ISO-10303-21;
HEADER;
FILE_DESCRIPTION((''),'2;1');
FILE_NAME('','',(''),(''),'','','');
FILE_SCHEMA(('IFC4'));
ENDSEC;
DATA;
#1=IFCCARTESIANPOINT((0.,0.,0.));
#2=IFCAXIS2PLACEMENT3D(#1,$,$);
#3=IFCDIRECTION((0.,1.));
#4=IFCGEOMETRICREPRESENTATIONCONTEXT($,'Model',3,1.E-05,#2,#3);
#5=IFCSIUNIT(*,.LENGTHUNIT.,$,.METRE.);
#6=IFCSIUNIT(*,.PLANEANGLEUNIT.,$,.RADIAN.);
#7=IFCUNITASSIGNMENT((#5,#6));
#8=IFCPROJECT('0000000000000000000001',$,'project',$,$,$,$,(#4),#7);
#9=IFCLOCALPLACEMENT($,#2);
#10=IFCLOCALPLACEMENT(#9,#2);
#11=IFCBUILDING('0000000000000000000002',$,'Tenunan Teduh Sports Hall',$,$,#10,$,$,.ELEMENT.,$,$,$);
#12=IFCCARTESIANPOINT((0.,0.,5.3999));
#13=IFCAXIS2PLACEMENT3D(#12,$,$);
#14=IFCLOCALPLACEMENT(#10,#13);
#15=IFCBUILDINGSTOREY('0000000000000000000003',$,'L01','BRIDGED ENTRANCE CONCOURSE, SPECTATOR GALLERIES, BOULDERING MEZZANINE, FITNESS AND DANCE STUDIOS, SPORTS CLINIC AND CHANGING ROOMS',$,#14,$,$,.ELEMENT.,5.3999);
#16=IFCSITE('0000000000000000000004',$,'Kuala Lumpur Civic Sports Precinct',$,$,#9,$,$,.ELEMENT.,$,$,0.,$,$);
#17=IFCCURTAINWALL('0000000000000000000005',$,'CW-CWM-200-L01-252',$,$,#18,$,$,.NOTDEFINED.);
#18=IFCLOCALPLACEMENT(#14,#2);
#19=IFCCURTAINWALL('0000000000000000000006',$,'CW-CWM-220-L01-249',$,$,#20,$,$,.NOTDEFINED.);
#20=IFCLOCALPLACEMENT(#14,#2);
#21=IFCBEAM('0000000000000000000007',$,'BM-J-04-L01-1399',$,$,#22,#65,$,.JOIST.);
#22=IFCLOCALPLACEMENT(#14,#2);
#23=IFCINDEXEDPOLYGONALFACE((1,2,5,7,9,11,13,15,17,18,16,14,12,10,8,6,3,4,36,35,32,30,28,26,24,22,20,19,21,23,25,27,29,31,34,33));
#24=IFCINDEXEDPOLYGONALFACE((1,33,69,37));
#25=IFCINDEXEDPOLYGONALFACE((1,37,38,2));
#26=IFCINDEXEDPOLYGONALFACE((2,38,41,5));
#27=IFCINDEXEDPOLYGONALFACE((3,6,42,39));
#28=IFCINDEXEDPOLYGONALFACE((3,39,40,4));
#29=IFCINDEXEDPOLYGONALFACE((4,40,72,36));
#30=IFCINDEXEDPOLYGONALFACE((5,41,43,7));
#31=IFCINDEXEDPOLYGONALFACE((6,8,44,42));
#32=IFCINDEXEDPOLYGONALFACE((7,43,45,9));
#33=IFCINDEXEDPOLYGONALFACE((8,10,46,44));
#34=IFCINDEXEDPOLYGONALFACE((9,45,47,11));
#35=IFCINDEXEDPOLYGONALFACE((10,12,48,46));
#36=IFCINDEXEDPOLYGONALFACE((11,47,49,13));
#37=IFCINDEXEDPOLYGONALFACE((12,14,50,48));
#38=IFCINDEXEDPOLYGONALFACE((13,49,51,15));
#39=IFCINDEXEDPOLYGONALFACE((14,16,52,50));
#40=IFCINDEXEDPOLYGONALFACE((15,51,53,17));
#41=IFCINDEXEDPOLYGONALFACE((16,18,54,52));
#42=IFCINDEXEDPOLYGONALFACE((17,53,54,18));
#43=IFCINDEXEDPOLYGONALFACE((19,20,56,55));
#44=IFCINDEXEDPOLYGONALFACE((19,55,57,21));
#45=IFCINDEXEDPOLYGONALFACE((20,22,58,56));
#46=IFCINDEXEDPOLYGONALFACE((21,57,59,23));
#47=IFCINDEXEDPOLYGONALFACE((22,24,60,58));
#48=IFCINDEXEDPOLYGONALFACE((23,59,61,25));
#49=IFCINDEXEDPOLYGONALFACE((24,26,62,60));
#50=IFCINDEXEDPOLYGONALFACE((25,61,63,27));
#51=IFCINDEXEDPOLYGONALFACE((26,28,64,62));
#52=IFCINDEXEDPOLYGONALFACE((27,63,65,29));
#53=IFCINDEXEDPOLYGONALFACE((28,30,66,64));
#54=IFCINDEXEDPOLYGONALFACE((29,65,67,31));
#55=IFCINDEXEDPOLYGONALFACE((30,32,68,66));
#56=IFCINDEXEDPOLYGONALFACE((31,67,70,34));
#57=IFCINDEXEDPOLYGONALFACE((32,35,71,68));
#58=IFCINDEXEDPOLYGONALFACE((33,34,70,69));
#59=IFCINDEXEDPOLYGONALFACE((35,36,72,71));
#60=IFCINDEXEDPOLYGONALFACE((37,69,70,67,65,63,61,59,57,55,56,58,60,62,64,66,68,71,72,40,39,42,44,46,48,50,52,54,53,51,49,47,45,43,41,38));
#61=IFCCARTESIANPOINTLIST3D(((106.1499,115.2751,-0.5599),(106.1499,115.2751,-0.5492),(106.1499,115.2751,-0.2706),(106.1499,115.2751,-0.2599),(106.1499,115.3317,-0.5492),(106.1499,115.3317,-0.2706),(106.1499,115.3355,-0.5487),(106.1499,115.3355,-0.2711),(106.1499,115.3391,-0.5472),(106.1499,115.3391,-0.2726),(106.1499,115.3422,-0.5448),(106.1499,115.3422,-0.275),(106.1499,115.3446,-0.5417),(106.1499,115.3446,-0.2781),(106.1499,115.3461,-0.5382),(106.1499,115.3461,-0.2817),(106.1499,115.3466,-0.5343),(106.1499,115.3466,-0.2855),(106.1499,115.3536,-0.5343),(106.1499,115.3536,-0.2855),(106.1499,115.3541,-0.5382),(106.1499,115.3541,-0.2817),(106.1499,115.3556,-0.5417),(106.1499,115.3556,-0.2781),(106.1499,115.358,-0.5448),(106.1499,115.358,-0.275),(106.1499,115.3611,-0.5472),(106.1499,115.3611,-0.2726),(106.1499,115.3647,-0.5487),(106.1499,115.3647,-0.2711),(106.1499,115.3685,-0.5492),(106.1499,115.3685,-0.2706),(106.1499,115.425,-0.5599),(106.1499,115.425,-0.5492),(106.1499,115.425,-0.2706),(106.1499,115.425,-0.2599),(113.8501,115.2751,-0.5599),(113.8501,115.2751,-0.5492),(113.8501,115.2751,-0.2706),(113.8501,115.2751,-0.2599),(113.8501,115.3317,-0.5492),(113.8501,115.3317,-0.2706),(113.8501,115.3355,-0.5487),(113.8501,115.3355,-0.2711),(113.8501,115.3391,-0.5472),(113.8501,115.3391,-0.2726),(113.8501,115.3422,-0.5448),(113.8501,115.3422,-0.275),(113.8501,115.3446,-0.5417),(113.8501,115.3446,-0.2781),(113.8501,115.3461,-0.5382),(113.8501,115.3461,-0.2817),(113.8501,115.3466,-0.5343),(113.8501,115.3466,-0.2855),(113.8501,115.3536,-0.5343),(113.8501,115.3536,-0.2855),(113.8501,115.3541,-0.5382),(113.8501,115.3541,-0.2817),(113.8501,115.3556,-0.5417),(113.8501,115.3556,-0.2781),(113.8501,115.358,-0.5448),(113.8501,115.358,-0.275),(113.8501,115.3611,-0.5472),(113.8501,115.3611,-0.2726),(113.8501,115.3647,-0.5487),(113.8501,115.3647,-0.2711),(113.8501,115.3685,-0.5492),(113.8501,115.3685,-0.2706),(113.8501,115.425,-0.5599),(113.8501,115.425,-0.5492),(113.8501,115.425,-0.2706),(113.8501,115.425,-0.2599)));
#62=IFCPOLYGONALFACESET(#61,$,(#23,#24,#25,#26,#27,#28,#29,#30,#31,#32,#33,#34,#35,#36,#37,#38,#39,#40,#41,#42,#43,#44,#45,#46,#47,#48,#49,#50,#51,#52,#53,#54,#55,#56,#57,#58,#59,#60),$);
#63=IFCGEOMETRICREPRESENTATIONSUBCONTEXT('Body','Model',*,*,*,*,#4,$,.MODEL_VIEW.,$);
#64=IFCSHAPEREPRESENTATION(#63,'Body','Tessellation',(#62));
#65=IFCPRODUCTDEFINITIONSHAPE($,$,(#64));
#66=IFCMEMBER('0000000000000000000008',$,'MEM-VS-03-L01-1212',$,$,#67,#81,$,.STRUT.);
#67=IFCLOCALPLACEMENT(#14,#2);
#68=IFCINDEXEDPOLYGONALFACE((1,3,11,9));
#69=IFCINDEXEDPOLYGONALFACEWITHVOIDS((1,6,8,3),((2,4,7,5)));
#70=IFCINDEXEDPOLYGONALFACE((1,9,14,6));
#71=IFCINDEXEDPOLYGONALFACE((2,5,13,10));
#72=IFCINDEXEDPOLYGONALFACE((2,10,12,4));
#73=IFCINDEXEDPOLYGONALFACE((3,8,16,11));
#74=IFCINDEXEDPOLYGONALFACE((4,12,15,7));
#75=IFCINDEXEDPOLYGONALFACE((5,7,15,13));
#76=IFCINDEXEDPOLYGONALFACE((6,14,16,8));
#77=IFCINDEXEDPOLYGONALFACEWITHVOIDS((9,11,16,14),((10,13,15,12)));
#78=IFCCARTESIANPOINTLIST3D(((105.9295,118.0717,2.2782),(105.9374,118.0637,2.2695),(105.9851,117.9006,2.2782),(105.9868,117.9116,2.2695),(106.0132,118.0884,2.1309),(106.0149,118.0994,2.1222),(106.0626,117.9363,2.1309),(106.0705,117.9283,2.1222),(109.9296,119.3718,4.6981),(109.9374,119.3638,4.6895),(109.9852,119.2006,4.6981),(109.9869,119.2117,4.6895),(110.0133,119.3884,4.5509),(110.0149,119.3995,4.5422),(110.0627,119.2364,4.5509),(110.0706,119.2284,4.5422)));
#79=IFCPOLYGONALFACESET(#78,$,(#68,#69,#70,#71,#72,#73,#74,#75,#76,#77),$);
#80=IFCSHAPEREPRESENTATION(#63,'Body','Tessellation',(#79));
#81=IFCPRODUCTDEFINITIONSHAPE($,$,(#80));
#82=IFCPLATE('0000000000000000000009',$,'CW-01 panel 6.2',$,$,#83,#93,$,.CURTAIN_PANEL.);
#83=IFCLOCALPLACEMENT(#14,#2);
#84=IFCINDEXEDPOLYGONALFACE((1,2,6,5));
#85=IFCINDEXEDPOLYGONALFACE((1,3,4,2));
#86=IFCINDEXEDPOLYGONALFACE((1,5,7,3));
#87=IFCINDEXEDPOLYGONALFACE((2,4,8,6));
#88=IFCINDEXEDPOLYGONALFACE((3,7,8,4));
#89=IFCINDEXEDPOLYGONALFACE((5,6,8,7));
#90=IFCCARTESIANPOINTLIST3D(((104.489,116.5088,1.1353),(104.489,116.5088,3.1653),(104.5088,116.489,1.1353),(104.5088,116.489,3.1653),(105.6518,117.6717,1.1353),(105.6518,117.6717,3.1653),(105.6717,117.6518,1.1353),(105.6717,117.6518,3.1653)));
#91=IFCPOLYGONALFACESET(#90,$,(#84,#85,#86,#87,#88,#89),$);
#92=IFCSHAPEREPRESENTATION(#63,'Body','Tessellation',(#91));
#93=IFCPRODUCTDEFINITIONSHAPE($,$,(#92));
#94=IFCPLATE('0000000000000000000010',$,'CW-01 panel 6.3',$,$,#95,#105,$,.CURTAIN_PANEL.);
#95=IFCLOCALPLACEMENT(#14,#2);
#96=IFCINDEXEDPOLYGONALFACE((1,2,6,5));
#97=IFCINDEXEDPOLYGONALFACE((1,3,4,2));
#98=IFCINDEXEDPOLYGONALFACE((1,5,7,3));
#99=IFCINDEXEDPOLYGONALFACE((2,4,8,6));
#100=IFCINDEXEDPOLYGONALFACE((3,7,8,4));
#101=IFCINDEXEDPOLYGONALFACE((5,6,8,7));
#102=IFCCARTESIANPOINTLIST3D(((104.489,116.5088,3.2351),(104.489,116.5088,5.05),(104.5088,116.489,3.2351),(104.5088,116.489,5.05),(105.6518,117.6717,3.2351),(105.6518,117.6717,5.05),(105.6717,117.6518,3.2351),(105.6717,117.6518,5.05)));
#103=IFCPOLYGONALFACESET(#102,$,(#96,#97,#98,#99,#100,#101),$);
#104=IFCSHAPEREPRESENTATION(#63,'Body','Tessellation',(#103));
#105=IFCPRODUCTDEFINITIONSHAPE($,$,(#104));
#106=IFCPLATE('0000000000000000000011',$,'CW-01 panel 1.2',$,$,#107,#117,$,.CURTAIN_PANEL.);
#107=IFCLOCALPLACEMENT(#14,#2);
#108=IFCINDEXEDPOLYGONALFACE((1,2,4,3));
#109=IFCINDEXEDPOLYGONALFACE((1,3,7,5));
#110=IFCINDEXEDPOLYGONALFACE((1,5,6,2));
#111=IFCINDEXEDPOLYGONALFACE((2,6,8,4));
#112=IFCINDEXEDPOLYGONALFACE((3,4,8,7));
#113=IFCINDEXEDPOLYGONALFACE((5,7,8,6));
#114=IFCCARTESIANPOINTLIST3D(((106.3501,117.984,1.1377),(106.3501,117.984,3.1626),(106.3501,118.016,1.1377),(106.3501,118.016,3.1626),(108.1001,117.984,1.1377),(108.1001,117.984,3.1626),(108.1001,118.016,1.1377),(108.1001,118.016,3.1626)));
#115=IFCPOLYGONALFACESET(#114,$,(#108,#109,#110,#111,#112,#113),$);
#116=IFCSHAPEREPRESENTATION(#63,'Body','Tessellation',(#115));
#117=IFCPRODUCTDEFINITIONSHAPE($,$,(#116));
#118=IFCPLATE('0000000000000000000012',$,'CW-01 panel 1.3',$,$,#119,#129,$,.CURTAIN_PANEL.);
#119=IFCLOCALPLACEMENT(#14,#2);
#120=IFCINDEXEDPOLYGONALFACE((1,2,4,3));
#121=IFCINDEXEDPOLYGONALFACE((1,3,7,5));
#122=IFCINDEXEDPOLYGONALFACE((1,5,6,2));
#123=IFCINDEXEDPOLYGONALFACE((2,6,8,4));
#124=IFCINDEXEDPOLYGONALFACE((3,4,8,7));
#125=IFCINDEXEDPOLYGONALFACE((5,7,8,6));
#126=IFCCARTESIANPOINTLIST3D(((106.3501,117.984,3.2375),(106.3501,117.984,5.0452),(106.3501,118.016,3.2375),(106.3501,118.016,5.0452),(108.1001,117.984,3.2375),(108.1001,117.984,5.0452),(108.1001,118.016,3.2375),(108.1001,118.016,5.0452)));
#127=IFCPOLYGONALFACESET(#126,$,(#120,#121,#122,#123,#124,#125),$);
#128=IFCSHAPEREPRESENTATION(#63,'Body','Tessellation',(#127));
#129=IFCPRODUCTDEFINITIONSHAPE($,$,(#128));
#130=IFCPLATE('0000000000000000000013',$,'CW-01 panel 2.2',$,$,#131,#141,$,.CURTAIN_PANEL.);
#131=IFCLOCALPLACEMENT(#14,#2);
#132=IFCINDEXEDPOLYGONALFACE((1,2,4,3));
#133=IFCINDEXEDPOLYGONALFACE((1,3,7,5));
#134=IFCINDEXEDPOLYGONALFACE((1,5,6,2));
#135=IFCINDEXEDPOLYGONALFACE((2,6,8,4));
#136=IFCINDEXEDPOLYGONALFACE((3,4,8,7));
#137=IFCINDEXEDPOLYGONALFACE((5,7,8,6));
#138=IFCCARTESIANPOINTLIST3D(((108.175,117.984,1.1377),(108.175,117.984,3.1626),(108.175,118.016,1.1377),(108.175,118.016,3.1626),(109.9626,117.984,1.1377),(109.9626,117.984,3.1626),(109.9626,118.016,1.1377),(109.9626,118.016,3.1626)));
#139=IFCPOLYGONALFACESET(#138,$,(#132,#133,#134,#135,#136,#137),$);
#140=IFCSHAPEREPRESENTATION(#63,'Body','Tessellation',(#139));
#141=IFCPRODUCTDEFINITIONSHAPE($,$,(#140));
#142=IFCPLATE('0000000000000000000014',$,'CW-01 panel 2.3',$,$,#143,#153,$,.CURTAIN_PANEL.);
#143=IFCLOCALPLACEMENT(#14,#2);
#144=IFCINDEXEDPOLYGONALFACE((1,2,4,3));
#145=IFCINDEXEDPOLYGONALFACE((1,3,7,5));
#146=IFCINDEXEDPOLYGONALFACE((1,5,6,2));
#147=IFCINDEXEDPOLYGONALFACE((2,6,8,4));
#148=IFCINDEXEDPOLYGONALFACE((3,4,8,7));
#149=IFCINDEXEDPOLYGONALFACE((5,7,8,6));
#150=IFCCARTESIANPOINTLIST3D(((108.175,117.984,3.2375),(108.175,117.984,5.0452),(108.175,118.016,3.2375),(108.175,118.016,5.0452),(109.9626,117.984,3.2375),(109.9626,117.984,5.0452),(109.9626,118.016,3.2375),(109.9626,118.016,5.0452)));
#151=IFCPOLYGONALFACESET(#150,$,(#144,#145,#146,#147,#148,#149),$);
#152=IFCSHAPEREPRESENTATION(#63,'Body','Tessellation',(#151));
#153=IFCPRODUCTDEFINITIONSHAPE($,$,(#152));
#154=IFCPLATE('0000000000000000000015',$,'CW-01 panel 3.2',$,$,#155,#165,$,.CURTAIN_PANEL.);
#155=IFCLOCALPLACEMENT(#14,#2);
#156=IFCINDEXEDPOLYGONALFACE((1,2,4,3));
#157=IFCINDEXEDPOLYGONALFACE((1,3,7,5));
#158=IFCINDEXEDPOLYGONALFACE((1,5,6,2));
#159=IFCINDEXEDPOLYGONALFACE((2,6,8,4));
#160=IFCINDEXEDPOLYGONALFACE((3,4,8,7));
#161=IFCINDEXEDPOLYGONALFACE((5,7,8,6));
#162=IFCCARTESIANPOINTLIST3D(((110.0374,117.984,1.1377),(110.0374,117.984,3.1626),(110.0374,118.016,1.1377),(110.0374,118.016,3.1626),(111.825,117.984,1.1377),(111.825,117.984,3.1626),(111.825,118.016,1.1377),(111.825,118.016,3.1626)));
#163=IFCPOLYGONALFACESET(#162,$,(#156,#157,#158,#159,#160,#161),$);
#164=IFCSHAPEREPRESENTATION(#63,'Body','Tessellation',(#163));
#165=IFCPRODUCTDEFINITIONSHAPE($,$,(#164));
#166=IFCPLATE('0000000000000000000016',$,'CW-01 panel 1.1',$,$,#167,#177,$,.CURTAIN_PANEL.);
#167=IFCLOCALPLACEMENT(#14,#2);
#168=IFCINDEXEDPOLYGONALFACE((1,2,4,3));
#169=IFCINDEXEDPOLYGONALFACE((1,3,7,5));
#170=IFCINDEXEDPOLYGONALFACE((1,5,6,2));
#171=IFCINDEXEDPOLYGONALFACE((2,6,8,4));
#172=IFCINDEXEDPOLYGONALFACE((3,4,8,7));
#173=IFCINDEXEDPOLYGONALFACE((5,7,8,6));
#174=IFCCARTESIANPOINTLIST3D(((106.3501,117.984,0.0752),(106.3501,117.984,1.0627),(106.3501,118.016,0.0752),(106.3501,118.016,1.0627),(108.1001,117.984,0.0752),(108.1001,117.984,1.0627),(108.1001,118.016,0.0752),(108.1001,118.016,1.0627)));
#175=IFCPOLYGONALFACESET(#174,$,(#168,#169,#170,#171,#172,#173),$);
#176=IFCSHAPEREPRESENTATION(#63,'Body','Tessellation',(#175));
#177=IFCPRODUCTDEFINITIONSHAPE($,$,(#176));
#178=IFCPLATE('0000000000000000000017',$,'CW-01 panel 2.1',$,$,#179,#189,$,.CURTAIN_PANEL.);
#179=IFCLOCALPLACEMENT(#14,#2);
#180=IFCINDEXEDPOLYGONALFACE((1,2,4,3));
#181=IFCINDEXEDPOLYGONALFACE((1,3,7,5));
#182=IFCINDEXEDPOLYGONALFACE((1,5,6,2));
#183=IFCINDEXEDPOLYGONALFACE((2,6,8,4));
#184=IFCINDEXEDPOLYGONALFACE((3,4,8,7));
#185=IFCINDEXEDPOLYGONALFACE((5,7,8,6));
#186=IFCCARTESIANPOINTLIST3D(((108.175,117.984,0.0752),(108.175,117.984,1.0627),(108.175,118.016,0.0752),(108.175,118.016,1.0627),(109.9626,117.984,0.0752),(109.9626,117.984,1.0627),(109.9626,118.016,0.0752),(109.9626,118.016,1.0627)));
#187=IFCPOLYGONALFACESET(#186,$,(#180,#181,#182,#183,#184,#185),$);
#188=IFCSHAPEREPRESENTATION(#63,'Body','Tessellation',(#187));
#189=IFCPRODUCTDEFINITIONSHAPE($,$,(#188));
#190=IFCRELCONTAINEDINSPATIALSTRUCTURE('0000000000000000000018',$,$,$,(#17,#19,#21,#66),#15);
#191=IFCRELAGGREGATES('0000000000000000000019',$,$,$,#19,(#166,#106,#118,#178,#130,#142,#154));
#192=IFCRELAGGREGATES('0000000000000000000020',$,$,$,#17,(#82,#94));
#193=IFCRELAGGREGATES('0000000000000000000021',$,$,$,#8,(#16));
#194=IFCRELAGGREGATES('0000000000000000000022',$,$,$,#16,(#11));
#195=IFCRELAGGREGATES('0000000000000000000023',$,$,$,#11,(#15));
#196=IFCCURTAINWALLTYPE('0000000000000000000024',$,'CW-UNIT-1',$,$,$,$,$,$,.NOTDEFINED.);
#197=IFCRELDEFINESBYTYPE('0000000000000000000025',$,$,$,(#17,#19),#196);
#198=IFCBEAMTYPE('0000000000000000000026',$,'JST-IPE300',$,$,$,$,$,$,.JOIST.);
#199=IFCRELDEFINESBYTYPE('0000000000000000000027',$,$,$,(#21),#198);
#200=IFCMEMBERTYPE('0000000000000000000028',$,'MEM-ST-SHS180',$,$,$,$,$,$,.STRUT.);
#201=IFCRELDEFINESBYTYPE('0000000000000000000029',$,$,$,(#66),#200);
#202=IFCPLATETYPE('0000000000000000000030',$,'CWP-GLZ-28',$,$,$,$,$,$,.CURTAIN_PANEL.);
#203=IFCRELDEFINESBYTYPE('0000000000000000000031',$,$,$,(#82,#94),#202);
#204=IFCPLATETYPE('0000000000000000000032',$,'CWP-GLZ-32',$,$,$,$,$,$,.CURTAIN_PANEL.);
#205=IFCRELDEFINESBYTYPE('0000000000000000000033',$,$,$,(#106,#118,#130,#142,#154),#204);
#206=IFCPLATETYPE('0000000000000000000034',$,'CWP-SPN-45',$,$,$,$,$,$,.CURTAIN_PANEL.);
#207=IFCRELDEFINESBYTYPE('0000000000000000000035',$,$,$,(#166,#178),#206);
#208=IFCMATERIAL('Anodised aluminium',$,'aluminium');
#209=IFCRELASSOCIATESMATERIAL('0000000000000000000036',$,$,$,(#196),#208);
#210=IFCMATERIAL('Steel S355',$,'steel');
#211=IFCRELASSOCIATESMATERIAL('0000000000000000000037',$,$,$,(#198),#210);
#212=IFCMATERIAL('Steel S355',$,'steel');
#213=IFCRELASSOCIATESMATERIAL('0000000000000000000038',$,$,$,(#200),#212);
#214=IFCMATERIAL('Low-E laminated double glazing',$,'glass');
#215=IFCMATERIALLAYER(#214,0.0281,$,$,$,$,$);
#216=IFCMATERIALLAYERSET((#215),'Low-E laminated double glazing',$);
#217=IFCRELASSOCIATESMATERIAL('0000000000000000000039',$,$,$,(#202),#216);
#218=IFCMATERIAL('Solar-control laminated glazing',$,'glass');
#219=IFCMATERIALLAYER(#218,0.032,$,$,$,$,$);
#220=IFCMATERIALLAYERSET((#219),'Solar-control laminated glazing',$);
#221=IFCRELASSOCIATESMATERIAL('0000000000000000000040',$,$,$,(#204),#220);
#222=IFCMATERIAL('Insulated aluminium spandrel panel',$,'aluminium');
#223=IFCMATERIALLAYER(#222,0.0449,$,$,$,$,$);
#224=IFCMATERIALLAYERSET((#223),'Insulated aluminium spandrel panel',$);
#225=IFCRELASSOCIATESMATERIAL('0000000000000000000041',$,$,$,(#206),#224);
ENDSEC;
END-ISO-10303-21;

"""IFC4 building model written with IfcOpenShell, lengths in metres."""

from ifc_helpers import new_model, si_unit, direction, frame, origin, origin_2d, place, context, subcontext, project, spatial, rectangle, hollow_rectangle, i_section, extrude, material, layer, layer_set, material_profile, profile_set, type_object, element, aggregate, save


model = new_model("IFC4")

# Units and contexts
model_context = context("Model", 3, precision=1e-05, world=origin(), true_north=direction((0.0, 1.0)))
body_context = subcontext(model_context, "Body", "Model", "MODEL_VIEW")
ifc_project = project(units=[si_unit("LENGTHUNIT", "METRE"), si_unit("PLANEANGLEUNIT", "RADIAN")], contexts=[model_context])

# Site, building, storey
site_placement = place(None, origin())
site = spatial("IfcSite", under=ifc_project, at=site_placement, Name="Kuala Lumpur Civic Sports Precinct", CompositionType="ELEMENT", RefElevation=0.0)
building_placement = place(site_placement, origin())
building = spatial("IfcBuilding", under=site, at=building_placement, Name="Tenunan Teduh Sports Hall", CompositionType="ELEMENT")
storey_placement = place(building_placement, frame((0.0, 0.0, 5.3999)))
storey = spatial("IfcBuildingStorey", under=building, at=storey_placement, Name="L01", Description="BRIDGED ENTRANCE CONCOURSE, SPECTATOR GALLERIES, BOULDERING MEZZANINE, FITNESS AND DANCE STUDIOS, SPORTS CLINIC AND CHANGING ROOMS", CompositionType="ELEMENT", Elevation=5.3999)

# Curtain wall
ifc_material_1 = material(Name="Anodised aluminium", Category="aluminium")
curtain_wall_type = type_object("IfcCurtainWallType", Name="CW-UNIT-1", PredefinedType="NOTDEFINED", material=ifc_material_1)
curtain_wall_1_placement = place(storey_placement, origin())
curtain_wall_1 = element("IfcCurtainWall", 1, at=curtain_wall_1_placement, inside=storey, type_object=curtain_wall_type, Name="CW-CWM-200-L01-252", PredefinedType="NOTDEFINED")

# Curtain wall
curtain_wall_2_placement = place(storey_placement, origin())
curtain_wall_2 = element("IfcCurtainWall", 2, at=curtain_wall_2_placement, inside=storey, type_object=curtain_wall_type, Name="CW-CWM-220-L01-249", PredefinedType="NOTDEFINED")

# Beam
ifc_material_2 = material(Name="Steel S355", Category="steel")
ifc_material_profile_1 = material_profile(ifc_material_2, i_section(OverallWidth=0.1499, OverallDepth=0.3, WebThickness=0.0071, FlangeThickness=0.0107, FilletRadius=0.0149, at=origin_2d()), Name="IPE 300")
ifc_profile_set_1 = profile_set([ifc_material_profile_1], Name="Steel S355")
beam_type_1 = type_object("IfcBeamType", Name="JST-IPE300", PredefinedType="JOIST", material=ifc_profile_set_1)
beam_1_placement = place(storey_placement, frame((106.1499, 115.3501, -0.4099), z_axis=(1.0, 0.0, 0.0), x_axis=(0.0, 1.0, 0.0)))
element("IfcBeam", 3, at=beam_1_placement, inside=storey, type_object=beam_type_1, Name="BM-J-04-L01-1399", PredefinedType="JOIST", context=body_context, shape_type="SweptSolid", body=[
    extrude(i_section(OverallWidth=0.1499, OverallDepth=0.3, WebThickness=0.0071, FlangeThickness=0.0107, FilletRadius=0.0149, at=origin_2d()), origin(), (0.0, 0.0, 1.0), 7.7002),
])

# Member
ifc_material_3 = material(Name="Steel S355", Category="steel")
ifc_material_profile_2 = material_profile(ifc_material_3, hollow_rectangle(XDim=0.1799, YDim=0.1799, WallThickness=0.01, at=origin_2d()), Name="SHS 180x180x10.0")
ifc_profile_set_2 = profile_set([ifc_material_profile_2], Name="Steel S355")
member_type_1 = type_object("IfcMemberType", Name="MEM-ST-SHS180", PredefinedType="STRUT", material=ifc_profile_set_2)
member_1_placement = place(storey_placement, frame((106.0, 118.0, 2.2002), z_axis=(0.824328, 0.267917, 0.498702), x_axis=(-0.309097, 0.951031, 0.0)))
element("IfcMember", 4, at=member_1_placement, inside=storey, type_object=member_type_1, Name="MEM-VS-03-L01-1212", PredefinedType="STRUT", context=body_context, shape_type="SweptSolid", body=[
    extrude(hollow_rectangle(XDim=0.1799, YDim=0.1799, WallThickness=0.01, at=origin_2d()), origin(), (0.0, 0.0, 1.0), 4.8525),
])

# Plates
ifc_material_4 = material(Name="Low-E laminated double glazing", Category="glass")
ifc_layer_1 = layer(ifc_material_4, 0.0281)
ifc_layer_set_1 = layer_set([ifc_layer_1], Name="Low-E laminated double glazing")
plate_type_1 = type_object("IfcPlateType", Name="CWP-GLZ-28", PredefinedType="CURTAIN_PANEL", material=ifc_layer_set_1)
plate_1_placement = place(storey_placement, frame((105.0803, 117.0803, 1.1353), z_axis=(0.0, 0.0, 1.0), x_axis=(0.707107, 0.707107, 0.0)))
plate_1 = element("IfcPlate", 5, at=plate_1_placement, type_object=plate_type_1, Name="CW-01 panel 6.2", PredefinedType="CURTAIN_PANEL", context=body_context, shape_type="SweptSolid", body=[
    extrude(rectangle(XDim=1.6445, YDim=0.0281, at=origin_2d()), origin(), (0.0, 0.0, 1.0), 2.03),
])
plate_2_placement = place(storey_placement, frame((105.0803, 117.0803, 3.2351), z_axis=(0.0, 0.0, 1.0), x_axis=(0.707107, 0.707107, 0.0)))
plate_2 = element("IfcPlate", 6, at=plate_2_placement, type_object=plate_type_1, Name="CW-01 panel 6.3", PredefinedType="CURTAIN_PANEL", context=body_context, shape_type="SweptSolid", body=[
    extrude(rectangle(XDim=1.6445, YDim=0.0281, at=origin_2d()), origin(), (0.0, 0.0, 1.0), 1.8149),
])
ifc_material_5 = material(Name="Solar-control laminated glazing", Category="glass")
ifc_layer_2 = layer(ifc_material_5, 0.032)
ifc_layer_set_2 = layer_set([ifc_layer_2], Name="Solar-control laminated glazing")
plate_type_2 = type_object("IfcPlateType", Name="CWP-GLZ-32", PredefinedType="CURTAIN_PANEL", material=ifc_layer_set_2)
plate_3_placement = place(storey_placement, frame((107.2251, 118.0, 1.1377), z_axis=(0.0, 0.0, 1.0), x_axis=(1.0, 0.0, 0.0)))
plate_3 = element("IfcPlate", 7, at=plate_3_placement, type_object=plate_type_2, Name="CW-01 panel 1.2", PredefinedType="CURTAIN_PANEL", context=body_context, shape_type="SweptSolid", body=[
    extrude(rectangle(XDim=1.75, YDim=0.032, at=origin_2d()), origin(), (0.0, 0.0, 1.0), 2.0249),
])
plate_4_placement = place(storey_placement, frame((107.2251, 118.0, 3.2375), z_axis=(0.0, 0.0, 1.0), x_axis=(1.0, 0.0, 0.0)))
plate_4 = element("IfcPlate", 8, at=plate_4_placement, type_object=plate_type_2, Name="CW-01 panel 1.3", PredefinedType="CURTAIN_PANEL", context=body_context, shape_type="SweptSolid", body=[
    extrude(rectangle(XDim=1.75, YDim=0.032, at=origin_2d()), origin(), (0.0, 0.0, 1.0), 1.8076),
])
plate_5_placement = place(storey_placement, frame((109.0688, 118.0, 1.1377), z_axis=(0.0, 0.0, 1.0), x_axis=(1.0, 0.0, 0.0)))
plate_5 = element("IfcPlate", 9, at=plate_5_placement, type_object=plate_type_2, Name="CW-01 panel 2.2", PredefinedType="CURTAIN_PANEL", context=body_context, shape_type="SweptSolid", body=[
    extrude(rectangle(XDim=1.7876, YDim=0.032, at=origin_2d()), origin(), (0.0, 0.0, 1.0), 2.0249),
])
plate_6_placement = place(storey_placement, frame((109.0688, 118.0, 3.2375), z_axis=(0.0, 0.0, 1.0), x_axis=(1.0, 0.0, 0.0)))
plate_6 = element("IfcPlate", 10, at=plate_6_placement, type_object=plate_type_2, Name="CW-01 panel 2.3", PredefinedType="CURTAIN_PANEL", context=body_context, shape_type="SweptSolid", body=[
    extrude(rectangle(XDim=1.7876, YDim=0.032, at=origin_2d()), origin(), (0.0, 0.0, 1.0), 1.8076),
])
plate_7_placement = place(storey_placement, frame((110.9312, 118.0, 1.1377), z_axis=(0.0, 0.0, 1.0), x_axis=(1.0, 0.0, 0.0)))
plate_7 = element("IfcPlate", 11, at=plate_7_placement, type_object=plate_type_2, Name="CW-01 panel 3.2", PredefinedType="CURTAIN_PANEL", context=body_context, shape_type="SweptSolid", body=[
    extrude(rectangle(XDim=1.7876, YDim=0.032, at=origin_2d()), origin(), (0.0, 0.0, 1.0), 2.0249),
])
ifc_material_6 = material(Name="Insulated aluminium spandrel panel", Category="aluminium")
ifc_layer_3 = layer(ifc_material_6, 0.0449)
ifc_layer_set_3 = layer_set([ifc_layer_3], Name="Insulated aluminium spandrel panel")
plate_type_3 = type_object("IfcPlateType", Name="CWP-SPN-45", PredefinedType="CURTAIN_PANEL", material=ifc_layer_set_3)
plate_8_placement = place(storey_placement, frame((107.2251, 118.0, 0.0752), z_axis=(0.0, 0.0, 1.0), x_axis=(1.0, 0.0, 0.0)))
plate_8 = element("IfcPlate", 12, at=plate_8_placement, type_object=plate_type_3, Name="CW-01 panel 1.1", PredefinedType="CURTAIN_PANEL", context=body_context, shape_type="SweptSolid", body=[
    extrude(rectangle(XDim=1.75, YDim=0.032, at=origin_2d()), origin(), (0.0, 0.0, 1.0), 0.9875),
])
plate_9_placement = place(storey_placement, frame((109.0688, 118.0, 0.0752), z_axis=(0.0, 0.0, 1.0), x_axis=(1.0, 0.0, 0.0)))
plate_9 = element("IfcPlate", 13, at=plate_9_placement, type_object=plate_type_3, Name="CW-01 panel 2.1", PredefinedType="CURTAIN_PANEL", context=body_context, shape_type="SweptSolid", body=[
    extrude(rectangle(XDim=1.7876, YDim=0.032, at=origin_2d()), origin(), (0.0, 0.0, 1.0), 0.9875),
])
aggregate(curtain_wall_2, [plate_8, plate_3, plate_4, plate_9, plate_5, plate_6, plate_7])
aggregate(curtain_wall_1, [plate_1, plate_2])

save(model, "model.ifc")
